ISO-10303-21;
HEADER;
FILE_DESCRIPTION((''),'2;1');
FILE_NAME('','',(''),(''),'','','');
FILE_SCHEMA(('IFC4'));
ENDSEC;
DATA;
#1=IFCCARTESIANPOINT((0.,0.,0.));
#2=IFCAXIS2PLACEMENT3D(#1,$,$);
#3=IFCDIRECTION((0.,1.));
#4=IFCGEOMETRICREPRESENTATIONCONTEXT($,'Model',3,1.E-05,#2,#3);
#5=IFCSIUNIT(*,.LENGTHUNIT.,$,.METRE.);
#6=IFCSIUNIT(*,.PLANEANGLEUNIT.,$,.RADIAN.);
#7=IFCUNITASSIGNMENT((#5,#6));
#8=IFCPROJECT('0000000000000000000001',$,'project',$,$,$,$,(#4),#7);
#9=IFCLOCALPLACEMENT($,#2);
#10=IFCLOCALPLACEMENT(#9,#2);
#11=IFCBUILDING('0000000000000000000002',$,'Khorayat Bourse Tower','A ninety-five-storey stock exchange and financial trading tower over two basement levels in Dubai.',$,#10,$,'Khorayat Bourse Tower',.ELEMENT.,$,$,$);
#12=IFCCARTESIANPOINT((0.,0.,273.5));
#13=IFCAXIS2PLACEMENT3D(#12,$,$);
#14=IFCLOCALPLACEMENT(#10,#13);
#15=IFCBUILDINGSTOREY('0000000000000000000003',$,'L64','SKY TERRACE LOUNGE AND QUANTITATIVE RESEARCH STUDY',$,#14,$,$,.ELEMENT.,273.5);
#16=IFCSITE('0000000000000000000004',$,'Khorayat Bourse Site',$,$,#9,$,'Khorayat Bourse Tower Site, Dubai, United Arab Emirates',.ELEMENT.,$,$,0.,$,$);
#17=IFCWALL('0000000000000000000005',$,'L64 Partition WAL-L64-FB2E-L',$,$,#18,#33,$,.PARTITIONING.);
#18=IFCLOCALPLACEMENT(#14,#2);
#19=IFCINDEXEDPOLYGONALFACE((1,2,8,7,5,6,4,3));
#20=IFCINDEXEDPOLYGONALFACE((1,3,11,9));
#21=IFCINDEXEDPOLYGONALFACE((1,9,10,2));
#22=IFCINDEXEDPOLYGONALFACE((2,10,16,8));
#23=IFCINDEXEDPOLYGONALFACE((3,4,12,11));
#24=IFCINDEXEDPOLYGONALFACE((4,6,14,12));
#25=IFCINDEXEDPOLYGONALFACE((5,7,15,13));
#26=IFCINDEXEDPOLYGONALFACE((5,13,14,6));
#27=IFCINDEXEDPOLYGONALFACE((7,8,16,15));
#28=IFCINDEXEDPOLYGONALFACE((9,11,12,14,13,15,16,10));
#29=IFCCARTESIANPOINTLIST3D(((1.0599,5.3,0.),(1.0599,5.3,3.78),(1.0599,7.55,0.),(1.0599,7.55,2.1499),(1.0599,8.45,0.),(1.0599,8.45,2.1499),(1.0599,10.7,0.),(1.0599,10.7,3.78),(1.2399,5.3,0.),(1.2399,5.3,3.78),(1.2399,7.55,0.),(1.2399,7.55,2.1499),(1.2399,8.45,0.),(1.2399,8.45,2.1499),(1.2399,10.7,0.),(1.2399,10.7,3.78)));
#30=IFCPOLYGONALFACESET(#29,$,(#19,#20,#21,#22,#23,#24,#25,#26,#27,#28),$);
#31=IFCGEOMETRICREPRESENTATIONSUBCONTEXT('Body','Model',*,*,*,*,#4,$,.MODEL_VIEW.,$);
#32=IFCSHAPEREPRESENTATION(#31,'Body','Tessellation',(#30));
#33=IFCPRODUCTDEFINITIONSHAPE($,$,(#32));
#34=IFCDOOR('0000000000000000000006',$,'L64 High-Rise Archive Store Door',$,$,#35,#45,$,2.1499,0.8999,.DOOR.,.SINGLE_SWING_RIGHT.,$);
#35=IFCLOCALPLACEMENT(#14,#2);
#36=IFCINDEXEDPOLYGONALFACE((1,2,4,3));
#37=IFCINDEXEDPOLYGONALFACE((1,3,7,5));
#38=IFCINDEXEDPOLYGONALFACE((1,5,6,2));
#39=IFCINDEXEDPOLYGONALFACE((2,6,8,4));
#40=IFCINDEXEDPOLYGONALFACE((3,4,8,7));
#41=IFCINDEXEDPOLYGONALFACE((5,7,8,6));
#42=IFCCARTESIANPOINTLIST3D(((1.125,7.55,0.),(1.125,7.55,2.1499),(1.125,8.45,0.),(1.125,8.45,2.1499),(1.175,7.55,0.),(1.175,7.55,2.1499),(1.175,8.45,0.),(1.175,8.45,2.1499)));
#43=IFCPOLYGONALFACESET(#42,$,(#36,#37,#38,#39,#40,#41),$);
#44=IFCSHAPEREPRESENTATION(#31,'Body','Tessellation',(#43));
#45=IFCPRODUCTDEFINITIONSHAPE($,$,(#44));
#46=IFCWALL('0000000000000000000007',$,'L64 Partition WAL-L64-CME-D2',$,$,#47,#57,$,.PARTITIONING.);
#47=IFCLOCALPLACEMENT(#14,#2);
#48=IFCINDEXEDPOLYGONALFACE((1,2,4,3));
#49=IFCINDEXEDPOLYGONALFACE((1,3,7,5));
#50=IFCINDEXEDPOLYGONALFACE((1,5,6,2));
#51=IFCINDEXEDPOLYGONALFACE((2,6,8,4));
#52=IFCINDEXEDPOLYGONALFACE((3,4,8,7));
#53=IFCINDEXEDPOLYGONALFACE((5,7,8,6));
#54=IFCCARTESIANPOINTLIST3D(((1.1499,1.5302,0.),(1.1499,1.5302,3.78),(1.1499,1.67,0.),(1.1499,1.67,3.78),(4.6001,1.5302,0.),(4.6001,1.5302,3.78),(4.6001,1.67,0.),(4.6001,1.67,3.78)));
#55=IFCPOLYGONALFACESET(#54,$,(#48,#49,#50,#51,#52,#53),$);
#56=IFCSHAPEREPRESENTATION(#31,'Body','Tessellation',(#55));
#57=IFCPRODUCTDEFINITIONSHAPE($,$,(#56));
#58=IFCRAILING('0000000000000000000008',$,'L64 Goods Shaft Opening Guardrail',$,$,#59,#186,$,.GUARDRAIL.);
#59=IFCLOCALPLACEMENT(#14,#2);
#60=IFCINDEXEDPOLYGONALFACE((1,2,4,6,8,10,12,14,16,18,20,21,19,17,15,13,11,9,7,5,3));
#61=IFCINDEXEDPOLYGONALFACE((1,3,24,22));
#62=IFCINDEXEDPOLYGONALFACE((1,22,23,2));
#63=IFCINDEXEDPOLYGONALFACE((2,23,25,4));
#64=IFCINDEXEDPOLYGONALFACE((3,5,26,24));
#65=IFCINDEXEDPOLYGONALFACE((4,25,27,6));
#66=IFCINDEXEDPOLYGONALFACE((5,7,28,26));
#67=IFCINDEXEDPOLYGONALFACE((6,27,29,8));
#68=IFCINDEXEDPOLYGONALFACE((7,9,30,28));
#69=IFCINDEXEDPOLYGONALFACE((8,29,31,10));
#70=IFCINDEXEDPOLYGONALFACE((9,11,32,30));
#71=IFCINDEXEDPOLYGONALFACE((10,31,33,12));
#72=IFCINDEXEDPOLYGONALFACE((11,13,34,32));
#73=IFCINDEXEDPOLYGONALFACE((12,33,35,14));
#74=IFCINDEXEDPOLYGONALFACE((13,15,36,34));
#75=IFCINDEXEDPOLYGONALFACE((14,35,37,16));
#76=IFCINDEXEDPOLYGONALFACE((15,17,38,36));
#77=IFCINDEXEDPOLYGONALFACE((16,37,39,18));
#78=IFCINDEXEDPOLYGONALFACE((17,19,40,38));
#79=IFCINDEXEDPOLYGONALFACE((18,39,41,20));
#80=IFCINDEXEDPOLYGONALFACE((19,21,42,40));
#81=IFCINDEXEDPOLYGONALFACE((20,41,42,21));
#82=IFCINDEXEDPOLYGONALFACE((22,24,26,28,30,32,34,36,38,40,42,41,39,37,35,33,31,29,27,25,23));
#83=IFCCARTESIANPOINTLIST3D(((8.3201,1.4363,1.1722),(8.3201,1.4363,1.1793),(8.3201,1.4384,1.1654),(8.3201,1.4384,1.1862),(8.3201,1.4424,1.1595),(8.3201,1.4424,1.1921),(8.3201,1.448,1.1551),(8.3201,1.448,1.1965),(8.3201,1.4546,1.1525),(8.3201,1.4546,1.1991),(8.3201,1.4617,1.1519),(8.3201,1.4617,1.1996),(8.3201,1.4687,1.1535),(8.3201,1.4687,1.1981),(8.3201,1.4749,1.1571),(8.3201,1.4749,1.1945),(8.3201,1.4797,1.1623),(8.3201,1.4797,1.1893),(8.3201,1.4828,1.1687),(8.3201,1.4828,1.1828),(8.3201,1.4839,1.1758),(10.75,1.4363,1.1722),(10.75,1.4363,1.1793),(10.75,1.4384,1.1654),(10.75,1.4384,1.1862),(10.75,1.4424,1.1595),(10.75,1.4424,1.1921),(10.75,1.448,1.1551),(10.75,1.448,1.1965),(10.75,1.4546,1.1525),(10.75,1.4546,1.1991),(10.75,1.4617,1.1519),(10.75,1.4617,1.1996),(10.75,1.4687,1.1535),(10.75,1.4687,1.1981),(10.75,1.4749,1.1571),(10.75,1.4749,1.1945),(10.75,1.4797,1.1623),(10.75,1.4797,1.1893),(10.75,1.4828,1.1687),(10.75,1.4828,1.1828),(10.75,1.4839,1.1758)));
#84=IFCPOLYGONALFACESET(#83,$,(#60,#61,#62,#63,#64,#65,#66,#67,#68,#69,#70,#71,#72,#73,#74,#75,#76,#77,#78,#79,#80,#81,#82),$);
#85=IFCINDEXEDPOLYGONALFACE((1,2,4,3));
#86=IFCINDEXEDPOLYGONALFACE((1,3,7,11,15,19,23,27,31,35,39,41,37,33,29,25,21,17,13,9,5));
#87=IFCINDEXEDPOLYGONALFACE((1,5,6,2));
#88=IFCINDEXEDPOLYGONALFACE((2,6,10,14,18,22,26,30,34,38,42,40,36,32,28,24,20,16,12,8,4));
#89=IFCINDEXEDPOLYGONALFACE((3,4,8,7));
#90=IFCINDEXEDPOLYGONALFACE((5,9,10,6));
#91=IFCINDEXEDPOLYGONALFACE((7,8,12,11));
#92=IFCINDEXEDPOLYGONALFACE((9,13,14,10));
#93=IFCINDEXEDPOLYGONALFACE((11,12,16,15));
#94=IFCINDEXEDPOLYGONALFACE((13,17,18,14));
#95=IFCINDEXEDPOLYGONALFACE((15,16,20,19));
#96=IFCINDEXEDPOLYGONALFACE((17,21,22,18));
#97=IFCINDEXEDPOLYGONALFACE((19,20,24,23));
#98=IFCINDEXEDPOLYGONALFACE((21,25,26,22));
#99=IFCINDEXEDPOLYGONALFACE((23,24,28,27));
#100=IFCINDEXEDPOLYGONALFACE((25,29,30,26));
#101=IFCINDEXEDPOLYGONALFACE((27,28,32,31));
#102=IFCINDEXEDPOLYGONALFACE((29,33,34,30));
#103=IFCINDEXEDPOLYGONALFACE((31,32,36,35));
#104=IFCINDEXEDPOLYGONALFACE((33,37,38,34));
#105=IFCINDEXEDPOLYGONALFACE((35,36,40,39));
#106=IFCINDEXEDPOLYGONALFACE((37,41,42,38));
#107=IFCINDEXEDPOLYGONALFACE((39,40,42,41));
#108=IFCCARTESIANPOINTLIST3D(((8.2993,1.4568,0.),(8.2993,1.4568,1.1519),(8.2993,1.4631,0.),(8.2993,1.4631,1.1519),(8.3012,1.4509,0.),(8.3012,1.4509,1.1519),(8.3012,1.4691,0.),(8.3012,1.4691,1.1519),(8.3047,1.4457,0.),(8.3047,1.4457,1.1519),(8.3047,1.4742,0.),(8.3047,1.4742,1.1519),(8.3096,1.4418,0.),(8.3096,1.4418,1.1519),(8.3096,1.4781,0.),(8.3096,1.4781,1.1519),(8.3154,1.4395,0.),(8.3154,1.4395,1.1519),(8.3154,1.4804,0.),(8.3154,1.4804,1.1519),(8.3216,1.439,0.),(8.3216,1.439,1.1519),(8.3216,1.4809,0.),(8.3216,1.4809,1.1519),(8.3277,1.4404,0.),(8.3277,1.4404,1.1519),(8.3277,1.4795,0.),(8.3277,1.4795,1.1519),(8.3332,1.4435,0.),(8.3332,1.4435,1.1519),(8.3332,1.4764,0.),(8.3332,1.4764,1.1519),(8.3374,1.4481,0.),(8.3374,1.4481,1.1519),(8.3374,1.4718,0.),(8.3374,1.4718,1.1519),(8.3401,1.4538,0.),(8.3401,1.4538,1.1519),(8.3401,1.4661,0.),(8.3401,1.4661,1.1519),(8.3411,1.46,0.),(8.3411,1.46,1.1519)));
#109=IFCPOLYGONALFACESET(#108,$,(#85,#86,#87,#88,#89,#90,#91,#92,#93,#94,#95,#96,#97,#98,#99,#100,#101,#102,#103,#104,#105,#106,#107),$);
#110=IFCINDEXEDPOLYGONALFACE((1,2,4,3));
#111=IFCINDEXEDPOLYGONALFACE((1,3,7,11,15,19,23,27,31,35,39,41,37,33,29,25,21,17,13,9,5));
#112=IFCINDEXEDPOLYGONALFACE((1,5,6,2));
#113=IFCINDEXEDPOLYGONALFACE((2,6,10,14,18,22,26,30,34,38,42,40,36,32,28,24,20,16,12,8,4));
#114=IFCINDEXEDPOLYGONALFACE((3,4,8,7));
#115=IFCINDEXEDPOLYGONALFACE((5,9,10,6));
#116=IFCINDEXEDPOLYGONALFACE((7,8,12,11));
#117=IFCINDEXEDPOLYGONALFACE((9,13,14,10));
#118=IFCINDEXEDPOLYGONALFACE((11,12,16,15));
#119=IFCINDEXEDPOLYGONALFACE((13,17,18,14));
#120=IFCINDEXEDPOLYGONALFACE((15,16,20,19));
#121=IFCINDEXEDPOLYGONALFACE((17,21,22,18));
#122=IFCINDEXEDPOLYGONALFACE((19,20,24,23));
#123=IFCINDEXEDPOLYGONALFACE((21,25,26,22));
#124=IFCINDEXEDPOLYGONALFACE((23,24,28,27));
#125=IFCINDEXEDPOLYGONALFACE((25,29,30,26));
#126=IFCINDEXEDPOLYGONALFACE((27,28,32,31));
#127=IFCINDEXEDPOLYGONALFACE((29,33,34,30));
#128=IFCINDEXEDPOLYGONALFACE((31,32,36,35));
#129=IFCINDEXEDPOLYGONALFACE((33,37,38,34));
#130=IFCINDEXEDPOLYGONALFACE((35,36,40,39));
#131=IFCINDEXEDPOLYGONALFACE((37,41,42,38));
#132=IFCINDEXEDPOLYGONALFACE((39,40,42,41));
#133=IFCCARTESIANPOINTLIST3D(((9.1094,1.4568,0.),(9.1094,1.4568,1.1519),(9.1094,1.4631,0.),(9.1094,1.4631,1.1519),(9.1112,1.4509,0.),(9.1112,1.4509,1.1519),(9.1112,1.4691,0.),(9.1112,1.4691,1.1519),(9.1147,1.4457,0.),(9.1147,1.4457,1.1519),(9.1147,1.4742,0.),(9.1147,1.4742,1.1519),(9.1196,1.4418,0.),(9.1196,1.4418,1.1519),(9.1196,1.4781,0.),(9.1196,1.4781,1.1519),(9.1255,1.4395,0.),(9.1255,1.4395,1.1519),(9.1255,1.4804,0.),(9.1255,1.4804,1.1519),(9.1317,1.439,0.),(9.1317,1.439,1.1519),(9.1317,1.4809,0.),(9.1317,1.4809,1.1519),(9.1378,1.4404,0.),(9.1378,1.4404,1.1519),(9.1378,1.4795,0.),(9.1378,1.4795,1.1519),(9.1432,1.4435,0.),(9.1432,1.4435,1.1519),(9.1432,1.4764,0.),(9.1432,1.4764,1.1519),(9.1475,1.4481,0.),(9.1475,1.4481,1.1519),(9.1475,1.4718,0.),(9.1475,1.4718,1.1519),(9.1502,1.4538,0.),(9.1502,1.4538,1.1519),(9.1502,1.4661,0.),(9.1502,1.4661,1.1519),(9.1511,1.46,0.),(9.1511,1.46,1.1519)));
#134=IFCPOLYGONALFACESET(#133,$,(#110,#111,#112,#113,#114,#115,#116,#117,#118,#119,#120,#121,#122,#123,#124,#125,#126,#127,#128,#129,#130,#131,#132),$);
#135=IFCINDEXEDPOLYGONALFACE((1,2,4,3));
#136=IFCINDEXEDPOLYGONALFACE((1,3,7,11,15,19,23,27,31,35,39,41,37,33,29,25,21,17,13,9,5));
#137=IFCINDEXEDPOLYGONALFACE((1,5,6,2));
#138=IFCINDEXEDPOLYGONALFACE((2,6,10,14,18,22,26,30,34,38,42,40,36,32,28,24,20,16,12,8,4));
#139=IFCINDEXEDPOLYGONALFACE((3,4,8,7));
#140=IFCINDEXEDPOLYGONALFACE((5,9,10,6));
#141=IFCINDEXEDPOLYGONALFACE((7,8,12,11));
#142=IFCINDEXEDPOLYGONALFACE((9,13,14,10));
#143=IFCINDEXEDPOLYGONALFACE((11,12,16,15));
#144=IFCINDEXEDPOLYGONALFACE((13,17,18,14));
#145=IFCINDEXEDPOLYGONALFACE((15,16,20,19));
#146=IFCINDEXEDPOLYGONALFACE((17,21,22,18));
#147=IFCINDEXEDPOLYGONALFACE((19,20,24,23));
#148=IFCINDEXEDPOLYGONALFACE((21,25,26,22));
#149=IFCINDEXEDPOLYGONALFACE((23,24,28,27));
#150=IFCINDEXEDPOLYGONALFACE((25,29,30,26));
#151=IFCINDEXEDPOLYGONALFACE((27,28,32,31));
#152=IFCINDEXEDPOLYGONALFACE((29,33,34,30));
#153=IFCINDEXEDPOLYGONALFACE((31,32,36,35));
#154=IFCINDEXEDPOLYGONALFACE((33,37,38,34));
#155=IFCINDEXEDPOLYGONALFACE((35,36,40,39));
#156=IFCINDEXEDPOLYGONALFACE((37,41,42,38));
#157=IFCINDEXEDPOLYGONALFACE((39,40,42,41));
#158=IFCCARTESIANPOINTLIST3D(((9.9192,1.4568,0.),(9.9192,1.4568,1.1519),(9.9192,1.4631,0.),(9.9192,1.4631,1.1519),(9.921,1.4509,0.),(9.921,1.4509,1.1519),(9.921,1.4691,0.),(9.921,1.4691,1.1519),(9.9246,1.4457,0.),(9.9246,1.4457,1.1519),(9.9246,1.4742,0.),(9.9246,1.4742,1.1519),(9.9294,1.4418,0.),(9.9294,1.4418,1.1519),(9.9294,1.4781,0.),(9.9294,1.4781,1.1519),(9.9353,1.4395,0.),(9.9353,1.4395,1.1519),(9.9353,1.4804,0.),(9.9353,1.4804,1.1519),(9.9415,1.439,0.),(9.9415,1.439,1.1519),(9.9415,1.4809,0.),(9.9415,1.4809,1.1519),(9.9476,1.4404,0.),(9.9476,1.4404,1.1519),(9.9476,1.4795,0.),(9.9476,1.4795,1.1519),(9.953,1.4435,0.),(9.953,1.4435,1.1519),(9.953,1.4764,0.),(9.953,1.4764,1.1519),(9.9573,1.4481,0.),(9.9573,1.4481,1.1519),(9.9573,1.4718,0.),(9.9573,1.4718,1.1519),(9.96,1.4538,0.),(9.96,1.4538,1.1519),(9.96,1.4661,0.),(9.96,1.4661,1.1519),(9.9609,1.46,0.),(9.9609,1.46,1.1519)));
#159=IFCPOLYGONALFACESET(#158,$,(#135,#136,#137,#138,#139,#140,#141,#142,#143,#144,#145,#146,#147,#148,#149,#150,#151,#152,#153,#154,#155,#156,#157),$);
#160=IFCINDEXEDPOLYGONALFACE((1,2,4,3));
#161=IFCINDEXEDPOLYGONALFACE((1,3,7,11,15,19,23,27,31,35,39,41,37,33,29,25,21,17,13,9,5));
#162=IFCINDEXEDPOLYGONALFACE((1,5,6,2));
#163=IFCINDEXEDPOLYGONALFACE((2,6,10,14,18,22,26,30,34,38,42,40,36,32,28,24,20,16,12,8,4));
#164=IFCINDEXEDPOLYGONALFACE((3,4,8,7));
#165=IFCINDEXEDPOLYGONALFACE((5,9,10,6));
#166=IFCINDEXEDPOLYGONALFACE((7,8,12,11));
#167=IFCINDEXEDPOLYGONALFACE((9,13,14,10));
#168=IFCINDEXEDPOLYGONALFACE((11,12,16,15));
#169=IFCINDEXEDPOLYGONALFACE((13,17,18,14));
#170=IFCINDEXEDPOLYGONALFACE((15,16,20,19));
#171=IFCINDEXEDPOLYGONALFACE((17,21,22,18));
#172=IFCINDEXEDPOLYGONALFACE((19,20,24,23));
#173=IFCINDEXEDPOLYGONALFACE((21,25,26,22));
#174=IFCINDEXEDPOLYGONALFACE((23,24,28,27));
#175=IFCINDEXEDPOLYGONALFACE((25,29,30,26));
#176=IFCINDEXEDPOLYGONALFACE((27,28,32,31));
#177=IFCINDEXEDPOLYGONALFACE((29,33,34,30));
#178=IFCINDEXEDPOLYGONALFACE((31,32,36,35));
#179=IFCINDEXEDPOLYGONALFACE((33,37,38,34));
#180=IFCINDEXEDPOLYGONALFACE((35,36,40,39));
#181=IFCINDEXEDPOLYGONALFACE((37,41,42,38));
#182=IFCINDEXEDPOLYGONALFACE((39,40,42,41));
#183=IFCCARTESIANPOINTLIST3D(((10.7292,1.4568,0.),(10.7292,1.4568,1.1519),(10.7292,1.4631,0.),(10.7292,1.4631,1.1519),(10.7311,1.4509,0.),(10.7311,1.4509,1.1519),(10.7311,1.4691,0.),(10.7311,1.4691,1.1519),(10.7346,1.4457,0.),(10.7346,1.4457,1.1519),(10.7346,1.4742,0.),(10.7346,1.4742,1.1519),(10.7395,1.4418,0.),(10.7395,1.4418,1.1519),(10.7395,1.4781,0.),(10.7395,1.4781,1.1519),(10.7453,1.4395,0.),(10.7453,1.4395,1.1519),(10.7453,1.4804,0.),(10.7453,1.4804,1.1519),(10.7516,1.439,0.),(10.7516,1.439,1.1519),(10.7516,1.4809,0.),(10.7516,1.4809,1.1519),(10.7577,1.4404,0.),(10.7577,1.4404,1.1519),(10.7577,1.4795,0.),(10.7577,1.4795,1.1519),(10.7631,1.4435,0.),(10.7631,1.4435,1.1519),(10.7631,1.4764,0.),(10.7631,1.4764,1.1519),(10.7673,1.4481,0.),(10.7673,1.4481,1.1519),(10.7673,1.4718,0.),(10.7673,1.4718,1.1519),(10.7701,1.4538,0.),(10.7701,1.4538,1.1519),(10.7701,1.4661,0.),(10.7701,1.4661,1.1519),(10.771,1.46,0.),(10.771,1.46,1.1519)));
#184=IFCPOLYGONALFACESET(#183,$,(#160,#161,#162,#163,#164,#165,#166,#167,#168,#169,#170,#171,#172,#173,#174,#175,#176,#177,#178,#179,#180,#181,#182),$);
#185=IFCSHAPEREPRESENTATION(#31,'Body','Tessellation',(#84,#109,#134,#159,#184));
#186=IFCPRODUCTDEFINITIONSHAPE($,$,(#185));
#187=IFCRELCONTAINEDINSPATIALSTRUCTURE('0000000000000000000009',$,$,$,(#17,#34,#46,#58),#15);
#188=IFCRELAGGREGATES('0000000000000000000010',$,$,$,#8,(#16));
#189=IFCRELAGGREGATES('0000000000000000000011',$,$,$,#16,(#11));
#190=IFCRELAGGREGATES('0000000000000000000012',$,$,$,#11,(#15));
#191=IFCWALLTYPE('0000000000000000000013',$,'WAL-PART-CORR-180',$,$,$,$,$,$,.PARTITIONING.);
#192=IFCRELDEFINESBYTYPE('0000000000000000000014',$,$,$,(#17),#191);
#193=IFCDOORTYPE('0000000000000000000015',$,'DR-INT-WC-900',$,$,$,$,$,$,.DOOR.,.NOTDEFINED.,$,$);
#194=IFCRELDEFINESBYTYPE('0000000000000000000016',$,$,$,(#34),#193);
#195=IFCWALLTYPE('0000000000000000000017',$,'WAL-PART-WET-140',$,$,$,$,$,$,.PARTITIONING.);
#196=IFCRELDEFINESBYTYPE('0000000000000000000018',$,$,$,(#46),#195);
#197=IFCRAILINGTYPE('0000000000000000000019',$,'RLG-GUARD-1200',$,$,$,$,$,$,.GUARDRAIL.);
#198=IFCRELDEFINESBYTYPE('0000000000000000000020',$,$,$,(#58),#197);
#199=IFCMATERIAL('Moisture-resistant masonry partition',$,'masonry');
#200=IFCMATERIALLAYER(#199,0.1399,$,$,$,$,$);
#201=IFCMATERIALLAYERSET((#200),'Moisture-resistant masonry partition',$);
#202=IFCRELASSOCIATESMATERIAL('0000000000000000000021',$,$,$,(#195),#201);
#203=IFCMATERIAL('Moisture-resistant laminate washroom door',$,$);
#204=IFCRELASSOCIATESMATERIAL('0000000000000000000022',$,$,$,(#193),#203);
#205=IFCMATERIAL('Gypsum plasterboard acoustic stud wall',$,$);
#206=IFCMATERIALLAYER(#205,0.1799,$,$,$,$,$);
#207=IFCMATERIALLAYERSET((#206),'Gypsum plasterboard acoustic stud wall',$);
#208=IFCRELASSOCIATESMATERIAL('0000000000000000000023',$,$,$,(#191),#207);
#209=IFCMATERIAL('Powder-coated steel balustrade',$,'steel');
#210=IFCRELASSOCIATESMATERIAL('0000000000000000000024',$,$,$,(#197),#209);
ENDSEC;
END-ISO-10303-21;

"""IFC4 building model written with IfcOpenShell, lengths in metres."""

from ifc_helpers import new_model, si_unit, direction, frame, frame_2d, origin, origin_2d, place, context, subcontext, project, spatial, rectangle, circle, extrude, source, transform, mapped, material, layer, layer_set, type_object, element, fill, save


model = new_model("IFC4")

# Units and contexts
model_context = context("Model", 3, precision=1e-05, world=origin(), true_north=direction((0.0, 1.0)))
body_context = subcontext(model_context, "Body", "Model", "MODEL_VIEW")
ifc_project = project(units=[si_unit("LENGTHUNIT", "METRE"), si_unit("PLANEANGLEUNIT", "RADIAN")], contexts=[model_context])

# Site, building, storey
site_placement = place(None, origin())
site = spatial("IfcSite", under=ifc_project, at=site_placement, Name="Khorayat Bourse Site", LongName="Khorayat Bourse Tower Site, Dubai, United Arab Emirates", CompositionType="ELEMENT", RefElevation=0.0)
building_placement = place(site_placement, origin())
building = spatial("IfcBuilding", under=site, at=building_placement, Name="Khorayat Bourse Tower", Description="A ninety-five-storey stock exchange and financial trading tower over two basement levels in Dubai.", LongName="Khorayat Bourse Tower", CompositionType="ELEMENT")
storey_placement = place(building_placement, frame((0.0, 0.0, 273.5)))
storey = spatial("IfcBuildingStorey", under=building, at=storey_placement, Name="L64", Description="SKY TERRACE LOUNGE AND QUANTITATIVE RESEARCH STUDY", CompositionType="ELEMENT", Elevation=273.5)

# Shared definitions
ifc_material_1 = material(Name="Moisture-resistant masonry partition", Category="masonry")
ifc_layer_1 = layer(ifc_material_1, 0.1399)
ifc_layer_set_1 = layer_set([ifc_layer_1], Name="Moisture-resistant masonry partition")
wall_type_1 = type_object("IfcWallType", Name="WAL-PART-WET-140", PredefinedType="PARTITIONING", material=ifc_layer_set_1)

# Shared definitions
ifc_material_2 = material(Name="Moisture-resistant laminate washroom door")
door_type = type_object("IfcDoorType", Name="DR-INT-WC-900", OperationType="NOTDEFINED", PredefinedType="DOOR", material=ifc_material_2)
shared_shape_1 = source(origin(), body_context, "Body", "SweptSolid", [
    extrude(rectangle(XDim=0.8999, YDim=2.1499, at=frame_2d((0.45, 1.075))), frame((0.0, 0.0249, 0.0), z_axis=(0.0, -1.0, 0.0), x_axis=(1.0, 0.0, 0.0)), (0.0, 0.0, 1.0), 0.05),
])

# Shared definitions
ifc_material_3 = material(Name="Gypsum plasterboard acoustic stud wall")
ifc_layer_2 = layer(ifc_material_3, 0.1799)
ifc_layer_set_2 = layer_set([ifc_layer_2], Name="Gypsum plasterboard acoustic stud wall")
wall_type_2 = type_object("IfcWallType", Name="WAL-PART-CORR-180", PredefinedType="PARTITIONING", material=ifc_layer_set_2)
shared_shape_2 = source(origin(), body_context, "Body", "SweptSolid", [
    extrude(rectangle(XDim=5.3999, YDim=0.1799, at=frame_2d((2.7, 0.0))), origin(), (0.0, 0.0, 1.0), 3.78),
])
shared_shape_3 = source(origin(), body_context, "Body", "SweptSolid", [
    extrude(rectangle(XDim=0.8999, YDim=2.1499, at=frame_2d((0.45, 1.075))), frame((0.0, 0.0999, 0.0), z_axis=(0.0, -1.0, 0.0), x_axis=(1.0, 0.0, 0.0)), (0.0, 0.0, 1.0), 0.2),
])

# Wall, opening, door
wall_1_placement = place(storey_placement, frame((1.1499, 5.3, 0.0), z_axis=(0.0, 0.0, 1.0), x_axis=(0.0, 1.0, 0.0)))
wall_1 = element("IfcWall", 1, at=wall_1_placement, inside=storey, type_object=wall_type_2, Name="L64 Partition WAL-L64-FB2E-L", PredefinedType="PARTITIONING", context=body_context, shape_type="MappedRepresentation", body=[
    mapped(shared_shape_2, transform((0.0, 0.0, 0.0), scale=1.0)),
])
opening_1_placement = place(wall_1_placement, frame((2.25, 0.0, 0.0)))
opening_1 = element("IfcOpeningElement", 2, at=opening_1_placement, cuts=wall_1, PredefinedType="OPENING", context=body_context, shape_type="MappedRepresentation", body=[
    mapped(shared_shape_3, transform((0.0, 0.0, 0.0), scale=1.0)),
])
door_1_placement = place(opening_1_placement, origin())
door_1 = element("IfcDoor", 3, at=door_1_placement, inside=storey, type_object=door_type, Name="L64 High-Rise Archive Store Door", OperationType="SINGLE_SWING_RIGHT", OverallHeight=2.1499, OverallWidth=0.8999, PredefinedType="DOOR", context=body_context, shape_type="MappedRepresentation", body=[
    mapped(shared_shape_1, transform((0.0, 0.0, 0.0), scale=1.0)),
])
fill(opening_1, door_1)

# Wall
shared_shape_4 = source(origin(), body_context, "Body", "SweptSolid", [
    extrude(rectangle(XDim=3.4502, YDim=0.1399, at=frame_2d((1.7251, 0.0))), origin(), (0.0, 0.0, 1.0), 3.78),
])
wall_2_placement = place(storey_placement, frame((1.1499, 1.6001, 0.0), z_axis=(0.0, 0.0, 1.0), x_axis=(1.0, 0.0, 0.0)))
element("IfcWall", 4, at=wall_2_placement, inside=storey, type_object=wall_type_1, Name="L64 Partition WAL-L64-CME-D2", PredefinedType="PARTITIONING", context=body_context, shape_type="MappedRepresentation", body=[
    mapped(shared_shape_4, transform((0.0, 0.0, 0.0), scale=1.0)),
])

# Railing
ifc_material_4 = material(Name="Powder-coated steel balustrade", Category="steel")
railing_type = type_object("IfcRailingType", Name="RLG-GUARD-1200", PredefinedType="GUARDRAIL", material=ifc_material_4)
shared_shape_5 = source(origin(), body_context, "Body", "SweptSolid", [
    extrude(circle(Radius=0.0239, at=origin_2d()), frame((0.0, 0.0, 1.1758), z_axis=(1.0, 0.0, 0.0), x_axis=(0.0, 1.0, 0.0)), (0.0, 0.0, 1.0), 2.4299),
    extrude(circle(Radius=0.021, at=origin_2d()), origin(), (0.0, 0.0, 1.0), 1.1519),
    extrude(circle(Radius=0.021, at=origin_2d()), frame((0.8101, 0.0, 0.0)), (0.0, 0.0, 1.0), 1.1519),
    extrude(circle(Radius=0.021, at=origin_2d()), frame((1.6199, 0.0, 0.0)), (0.0, 0.0, 1.0), 1.1519),
    extrude(circle(Radius=0.021, at=origin_2d()), frame((2.4299, 0.0, 0.0)), (0.0, 0.0, 1.0), 1.1519),
])
railing_placement = place(storey_placement, frame((8.3201, 1.46, 0.0)))
element("IfcRailing", 5, at=railing_placement, inside=storey, type_object=railing_type, Name="L64 Goods Shaft Opening Guardrail", PredefinedType="GUARDRAIL", context=body_context, shape_type="MappedRepresentation", body=[
    mapped(shared_shape_5, transform((0.0, 0.0, 0.0), scale=1.0)),
])

save(model, "model.ifc")
